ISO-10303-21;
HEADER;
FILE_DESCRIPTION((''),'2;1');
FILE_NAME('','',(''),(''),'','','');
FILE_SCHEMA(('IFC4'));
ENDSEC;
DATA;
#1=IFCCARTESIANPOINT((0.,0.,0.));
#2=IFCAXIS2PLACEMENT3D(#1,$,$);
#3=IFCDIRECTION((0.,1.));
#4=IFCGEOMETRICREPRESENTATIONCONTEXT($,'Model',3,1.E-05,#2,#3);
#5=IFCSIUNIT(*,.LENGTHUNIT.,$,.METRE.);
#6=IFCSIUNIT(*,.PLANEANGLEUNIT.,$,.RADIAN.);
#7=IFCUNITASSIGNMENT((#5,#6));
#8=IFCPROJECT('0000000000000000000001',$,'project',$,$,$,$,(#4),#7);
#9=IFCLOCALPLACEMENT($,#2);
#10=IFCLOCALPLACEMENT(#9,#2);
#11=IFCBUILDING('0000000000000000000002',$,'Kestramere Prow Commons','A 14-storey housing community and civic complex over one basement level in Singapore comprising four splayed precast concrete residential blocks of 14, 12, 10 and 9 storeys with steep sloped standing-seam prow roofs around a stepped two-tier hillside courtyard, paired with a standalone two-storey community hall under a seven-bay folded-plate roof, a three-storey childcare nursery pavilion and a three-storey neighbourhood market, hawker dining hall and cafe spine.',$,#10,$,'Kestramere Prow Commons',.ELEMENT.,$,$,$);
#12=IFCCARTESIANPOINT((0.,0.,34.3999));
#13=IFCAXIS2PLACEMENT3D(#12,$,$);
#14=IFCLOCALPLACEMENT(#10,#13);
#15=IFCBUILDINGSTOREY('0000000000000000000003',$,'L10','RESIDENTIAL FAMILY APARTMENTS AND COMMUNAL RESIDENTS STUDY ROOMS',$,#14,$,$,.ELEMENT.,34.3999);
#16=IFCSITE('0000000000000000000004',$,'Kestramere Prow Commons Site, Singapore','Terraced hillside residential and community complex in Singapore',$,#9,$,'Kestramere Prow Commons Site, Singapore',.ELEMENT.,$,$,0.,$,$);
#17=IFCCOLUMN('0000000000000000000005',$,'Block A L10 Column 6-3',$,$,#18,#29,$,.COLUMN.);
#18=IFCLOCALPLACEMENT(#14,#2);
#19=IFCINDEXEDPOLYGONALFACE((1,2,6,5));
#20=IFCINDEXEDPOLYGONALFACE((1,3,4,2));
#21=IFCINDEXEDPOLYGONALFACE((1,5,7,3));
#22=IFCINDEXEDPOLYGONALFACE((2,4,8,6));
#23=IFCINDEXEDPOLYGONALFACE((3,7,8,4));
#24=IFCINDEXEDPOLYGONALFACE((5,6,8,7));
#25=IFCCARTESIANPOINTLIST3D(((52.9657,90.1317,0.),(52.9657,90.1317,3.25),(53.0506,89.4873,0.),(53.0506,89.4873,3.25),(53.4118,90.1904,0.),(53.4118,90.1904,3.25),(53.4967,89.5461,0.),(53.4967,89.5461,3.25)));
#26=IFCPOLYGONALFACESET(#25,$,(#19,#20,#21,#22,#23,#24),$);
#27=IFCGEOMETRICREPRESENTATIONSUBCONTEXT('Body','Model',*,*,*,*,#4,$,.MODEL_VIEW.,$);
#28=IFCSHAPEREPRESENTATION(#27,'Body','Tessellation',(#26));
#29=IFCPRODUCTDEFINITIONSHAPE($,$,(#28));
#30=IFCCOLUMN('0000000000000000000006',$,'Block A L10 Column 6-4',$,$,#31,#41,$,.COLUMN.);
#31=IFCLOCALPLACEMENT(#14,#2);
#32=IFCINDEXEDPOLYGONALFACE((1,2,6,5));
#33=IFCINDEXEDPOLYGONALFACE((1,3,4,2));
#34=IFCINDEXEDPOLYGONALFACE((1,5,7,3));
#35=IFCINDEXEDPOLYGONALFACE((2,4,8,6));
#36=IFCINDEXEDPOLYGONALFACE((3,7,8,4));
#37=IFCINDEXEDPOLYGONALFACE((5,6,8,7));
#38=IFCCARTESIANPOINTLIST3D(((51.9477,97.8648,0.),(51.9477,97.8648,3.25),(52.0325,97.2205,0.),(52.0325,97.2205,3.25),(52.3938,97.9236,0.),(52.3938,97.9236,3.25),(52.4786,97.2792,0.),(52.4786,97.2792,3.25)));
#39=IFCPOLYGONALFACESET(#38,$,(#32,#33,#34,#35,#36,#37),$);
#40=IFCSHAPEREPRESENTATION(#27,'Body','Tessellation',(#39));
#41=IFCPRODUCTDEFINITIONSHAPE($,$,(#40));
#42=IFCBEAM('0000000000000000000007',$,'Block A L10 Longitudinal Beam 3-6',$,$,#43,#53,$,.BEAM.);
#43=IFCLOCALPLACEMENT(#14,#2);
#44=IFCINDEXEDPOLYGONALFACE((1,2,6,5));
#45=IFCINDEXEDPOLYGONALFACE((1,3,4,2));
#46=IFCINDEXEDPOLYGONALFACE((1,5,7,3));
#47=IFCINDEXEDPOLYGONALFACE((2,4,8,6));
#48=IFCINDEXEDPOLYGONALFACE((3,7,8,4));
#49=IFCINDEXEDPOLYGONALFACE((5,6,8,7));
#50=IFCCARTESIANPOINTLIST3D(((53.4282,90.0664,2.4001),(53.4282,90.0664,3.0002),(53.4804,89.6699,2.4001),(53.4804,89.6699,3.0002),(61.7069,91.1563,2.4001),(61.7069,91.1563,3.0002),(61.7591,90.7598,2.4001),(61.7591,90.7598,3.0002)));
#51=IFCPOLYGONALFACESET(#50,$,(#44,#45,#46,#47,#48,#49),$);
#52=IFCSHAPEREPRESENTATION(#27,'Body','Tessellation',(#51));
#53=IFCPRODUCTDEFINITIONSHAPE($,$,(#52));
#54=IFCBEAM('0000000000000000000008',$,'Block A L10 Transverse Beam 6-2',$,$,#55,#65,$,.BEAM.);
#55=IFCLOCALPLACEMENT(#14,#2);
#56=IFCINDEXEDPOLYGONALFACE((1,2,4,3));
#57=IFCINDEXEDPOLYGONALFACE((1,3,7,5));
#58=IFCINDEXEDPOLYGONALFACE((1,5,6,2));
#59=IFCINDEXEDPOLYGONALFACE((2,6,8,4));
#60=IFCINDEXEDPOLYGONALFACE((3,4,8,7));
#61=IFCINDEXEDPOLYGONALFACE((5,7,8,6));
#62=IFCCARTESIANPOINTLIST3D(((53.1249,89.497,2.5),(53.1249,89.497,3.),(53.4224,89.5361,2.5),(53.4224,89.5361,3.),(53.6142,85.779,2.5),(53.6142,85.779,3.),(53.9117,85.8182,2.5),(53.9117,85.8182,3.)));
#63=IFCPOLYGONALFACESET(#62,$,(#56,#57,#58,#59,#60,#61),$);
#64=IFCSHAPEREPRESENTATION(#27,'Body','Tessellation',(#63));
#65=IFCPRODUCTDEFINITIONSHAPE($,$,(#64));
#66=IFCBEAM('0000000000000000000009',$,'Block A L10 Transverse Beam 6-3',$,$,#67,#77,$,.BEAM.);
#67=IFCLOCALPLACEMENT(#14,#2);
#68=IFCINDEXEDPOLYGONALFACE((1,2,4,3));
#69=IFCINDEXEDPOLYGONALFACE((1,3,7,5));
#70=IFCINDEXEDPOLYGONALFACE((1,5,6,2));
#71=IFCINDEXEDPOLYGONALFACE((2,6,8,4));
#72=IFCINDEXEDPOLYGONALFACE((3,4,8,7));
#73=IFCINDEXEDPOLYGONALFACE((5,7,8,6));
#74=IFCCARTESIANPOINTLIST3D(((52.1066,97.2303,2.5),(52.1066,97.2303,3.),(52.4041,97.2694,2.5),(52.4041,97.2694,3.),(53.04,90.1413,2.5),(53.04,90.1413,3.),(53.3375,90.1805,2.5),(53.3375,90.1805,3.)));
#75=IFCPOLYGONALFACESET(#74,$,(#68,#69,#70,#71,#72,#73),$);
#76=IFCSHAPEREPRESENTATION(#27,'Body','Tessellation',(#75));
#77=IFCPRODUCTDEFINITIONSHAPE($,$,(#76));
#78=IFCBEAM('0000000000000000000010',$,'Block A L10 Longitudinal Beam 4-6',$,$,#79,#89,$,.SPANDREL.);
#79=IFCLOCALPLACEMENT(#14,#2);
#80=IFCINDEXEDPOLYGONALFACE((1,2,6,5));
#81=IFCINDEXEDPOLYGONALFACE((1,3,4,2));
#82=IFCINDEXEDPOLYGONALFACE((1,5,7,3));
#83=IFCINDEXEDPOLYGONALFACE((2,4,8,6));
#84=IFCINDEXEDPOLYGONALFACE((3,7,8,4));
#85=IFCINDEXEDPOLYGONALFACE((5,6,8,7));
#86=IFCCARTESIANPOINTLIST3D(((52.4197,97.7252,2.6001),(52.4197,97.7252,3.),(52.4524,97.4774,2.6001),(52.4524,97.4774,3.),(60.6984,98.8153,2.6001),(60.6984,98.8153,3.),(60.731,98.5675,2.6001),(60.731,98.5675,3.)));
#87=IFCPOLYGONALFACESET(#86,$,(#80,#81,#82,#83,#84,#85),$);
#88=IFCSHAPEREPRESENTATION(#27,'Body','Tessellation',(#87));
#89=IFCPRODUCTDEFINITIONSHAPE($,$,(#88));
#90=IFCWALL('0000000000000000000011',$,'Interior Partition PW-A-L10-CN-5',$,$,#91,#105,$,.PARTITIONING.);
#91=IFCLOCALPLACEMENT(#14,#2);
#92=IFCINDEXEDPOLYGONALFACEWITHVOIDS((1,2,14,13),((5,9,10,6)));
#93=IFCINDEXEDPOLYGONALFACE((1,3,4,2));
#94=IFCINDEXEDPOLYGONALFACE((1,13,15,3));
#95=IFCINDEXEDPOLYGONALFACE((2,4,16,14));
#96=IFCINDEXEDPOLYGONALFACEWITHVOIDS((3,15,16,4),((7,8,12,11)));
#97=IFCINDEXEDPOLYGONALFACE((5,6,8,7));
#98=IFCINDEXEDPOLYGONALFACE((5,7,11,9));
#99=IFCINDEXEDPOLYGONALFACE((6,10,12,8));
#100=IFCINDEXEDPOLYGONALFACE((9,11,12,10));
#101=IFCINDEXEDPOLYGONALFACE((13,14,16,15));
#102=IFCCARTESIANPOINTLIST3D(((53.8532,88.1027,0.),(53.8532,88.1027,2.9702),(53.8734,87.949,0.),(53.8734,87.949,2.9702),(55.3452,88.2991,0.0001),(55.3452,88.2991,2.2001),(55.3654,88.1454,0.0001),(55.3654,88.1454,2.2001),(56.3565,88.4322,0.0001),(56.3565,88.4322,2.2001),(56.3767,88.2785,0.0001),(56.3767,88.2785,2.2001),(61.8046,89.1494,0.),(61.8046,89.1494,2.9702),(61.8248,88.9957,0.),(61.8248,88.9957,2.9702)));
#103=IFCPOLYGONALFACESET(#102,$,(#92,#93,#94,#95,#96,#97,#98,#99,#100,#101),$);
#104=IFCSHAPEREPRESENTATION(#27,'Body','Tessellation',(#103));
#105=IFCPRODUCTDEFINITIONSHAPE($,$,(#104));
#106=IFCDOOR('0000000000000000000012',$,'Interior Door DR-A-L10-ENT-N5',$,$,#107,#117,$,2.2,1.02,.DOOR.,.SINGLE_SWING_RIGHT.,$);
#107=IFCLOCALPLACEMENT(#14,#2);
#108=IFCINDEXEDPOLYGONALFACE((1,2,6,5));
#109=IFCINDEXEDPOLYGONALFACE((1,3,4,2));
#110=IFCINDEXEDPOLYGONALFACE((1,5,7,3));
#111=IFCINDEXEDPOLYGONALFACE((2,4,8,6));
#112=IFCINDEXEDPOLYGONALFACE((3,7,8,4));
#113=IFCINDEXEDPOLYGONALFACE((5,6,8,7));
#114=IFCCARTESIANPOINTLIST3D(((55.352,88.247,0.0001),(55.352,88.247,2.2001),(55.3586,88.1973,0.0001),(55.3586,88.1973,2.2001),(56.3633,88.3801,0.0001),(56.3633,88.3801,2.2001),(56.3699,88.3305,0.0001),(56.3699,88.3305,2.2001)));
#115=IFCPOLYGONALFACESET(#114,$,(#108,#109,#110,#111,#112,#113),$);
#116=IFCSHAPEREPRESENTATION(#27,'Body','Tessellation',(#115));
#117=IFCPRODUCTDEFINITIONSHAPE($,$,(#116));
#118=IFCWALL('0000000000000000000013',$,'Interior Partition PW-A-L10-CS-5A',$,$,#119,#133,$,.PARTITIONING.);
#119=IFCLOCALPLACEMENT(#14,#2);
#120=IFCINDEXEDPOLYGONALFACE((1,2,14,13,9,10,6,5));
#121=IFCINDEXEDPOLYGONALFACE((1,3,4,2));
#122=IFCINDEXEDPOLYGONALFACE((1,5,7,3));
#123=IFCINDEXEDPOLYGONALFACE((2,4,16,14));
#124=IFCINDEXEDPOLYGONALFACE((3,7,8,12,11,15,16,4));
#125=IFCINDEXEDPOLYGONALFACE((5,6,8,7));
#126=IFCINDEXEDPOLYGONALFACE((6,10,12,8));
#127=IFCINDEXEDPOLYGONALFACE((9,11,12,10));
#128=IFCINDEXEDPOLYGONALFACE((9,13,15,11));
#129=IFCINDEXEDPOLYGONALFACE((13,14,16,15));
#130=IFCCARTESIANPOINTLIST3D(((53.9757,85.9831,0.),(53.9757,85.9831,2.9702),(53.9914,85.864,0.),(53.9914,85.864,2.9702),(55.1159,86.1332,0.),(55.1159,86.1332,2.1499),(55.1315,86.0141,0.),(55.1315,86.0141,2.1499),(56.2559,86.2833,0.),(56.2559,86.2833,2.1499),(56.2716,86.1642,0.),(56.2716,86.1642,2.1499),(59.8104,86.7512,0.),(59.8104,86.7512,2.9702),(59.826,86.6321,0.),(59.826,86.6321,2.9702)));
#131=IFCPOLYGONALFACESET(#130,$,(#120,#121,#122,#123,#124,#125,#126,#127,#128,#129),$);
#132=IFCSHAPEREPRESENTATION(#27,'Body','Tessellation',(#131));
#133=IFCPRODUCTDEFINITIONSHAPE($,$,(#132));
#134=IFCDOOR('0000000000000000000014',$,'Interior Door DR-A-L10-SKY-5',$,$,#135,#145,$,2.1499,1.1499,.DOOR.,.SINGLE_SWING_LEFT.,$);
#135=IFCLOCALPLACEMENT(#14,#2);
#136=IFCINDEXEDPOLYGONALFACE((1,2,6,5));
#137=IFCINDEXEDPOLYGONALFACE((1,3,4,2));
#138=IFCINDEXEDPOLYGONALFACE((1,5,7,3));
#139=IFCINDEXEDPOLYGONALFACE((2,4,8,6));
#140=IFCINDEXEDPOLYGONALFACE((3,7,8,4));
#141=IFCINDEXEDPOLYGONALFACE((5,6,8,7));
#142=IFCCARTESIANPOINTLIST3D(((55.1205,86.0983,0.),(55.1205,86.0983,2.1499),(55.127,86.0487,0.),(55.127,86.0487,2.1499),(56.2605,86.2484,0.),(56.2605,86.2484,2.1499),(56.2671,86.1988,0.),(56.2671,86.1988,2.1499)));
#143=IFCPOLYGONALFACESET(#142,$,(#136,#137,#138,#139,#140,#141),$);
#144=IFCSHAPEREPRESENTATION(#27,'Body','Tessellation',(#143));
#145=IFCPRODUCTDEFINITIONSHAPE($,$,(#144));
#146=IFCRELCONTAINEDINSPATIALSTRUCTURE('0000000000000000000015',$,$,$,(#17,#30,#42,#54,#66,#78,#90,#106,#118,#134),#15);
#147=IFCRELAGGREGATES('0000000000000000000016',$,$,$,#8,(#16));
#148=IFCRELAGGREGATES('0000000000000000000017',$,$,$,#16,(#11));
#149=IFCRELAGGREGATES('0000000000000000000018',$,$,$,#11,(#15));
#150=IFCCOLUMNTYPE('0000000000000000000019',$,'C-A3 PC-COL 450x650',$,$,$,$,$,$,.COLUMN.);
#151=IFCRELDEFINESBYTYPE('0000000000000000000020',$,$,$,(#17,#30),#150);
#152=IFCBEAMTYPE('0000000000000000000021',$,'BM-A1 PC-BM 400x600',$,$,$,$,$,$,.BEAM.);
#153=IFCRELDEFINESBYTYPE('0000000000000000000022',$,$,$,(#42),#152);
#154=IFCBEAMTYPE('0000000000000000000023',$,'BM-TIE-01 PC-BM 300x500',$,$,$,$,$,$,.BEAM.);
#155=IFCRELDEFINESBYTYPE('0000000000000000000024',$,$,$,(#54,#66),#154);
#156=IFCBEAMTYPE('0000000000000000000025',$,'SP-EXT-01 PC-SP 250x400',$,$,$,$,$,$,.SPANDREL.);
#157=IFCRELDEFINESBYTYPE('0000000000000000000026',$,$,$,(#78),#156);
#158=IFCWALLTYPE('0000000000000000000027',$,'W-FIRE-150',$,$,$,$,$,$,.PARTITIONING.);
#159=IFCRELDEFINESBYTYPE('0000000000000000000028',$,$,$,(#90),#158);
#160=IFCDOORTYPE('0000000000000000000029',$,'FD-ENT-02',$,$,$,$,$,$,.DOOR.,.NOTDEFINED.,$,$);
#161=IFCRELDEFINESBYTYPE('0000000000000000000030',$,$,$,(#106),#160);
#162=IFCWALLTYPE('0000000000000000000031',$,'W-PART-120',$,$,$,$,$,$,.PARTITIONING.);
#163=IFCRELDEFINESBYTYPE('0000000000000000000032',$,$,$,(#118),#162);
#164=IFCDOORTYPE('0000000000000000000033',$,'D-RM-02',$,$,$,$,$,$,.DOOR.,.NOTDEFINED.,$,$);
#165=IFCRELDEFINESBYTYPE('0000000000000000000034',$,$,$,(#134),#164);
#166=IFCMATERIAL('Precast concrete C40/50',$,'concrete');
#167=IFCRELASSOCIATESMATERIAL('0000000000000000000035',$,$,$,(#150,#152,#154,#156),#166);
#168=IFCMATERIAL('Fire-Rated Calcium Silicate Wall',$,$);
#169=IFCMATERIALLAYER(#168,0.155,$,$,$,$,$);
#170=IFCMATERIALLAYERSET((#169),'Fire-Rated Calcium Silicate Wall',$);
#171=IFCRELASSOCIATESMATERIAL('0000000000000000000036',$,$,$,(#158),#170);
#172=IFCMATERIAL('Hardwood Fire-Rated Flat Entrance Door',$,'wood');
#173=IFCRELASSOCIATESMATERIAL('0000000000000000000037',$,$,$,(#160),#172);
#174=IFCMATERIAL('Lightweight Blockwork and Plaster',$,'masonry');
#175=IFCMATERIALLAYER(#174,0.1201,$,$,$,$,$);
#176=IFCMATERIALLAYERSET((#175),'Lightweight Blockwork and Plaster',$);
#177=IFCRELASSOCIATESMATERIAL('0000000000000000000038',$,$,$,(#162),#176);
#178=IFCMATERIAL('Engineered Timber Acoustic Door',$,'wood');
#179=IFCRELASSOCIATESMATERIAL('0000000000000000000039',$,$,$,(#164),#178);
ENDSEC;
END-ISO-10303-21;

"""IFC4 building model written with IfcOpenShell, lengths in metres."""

from ifc_helpers import new_model, si_unit, direction, frame, frame_2d, origin, origin_2d, place, context, subcontext, project, spatial, rectangle, extrude, material, layer, layer_set, material_profile, profile_set, type_object, element, fill, save


model = new_model("IFC4")

# Units and contexts
model_context = context("Model", 3, precision=1e-05, world=origin(), true_north=direction((0.0, 1.0)))
body_context = subcontext(model_context, "Body", "Model", "MODEL_VIEW")
ifc_project = project(units=[si_unit("LENGTHUNIT", "METRE"), si_unit("PLANEANGLEUNIT", "RADIAN")], contexts=[model_context])

# Site, building, storey
site_placement = place(None, origin())
site = spatial("IfcSite", under=ifc_project, at=site_placement, Name="Kestramere Prow Commons Site, Singapore", Description="Terraced hillside residential and community complex in Singapore", LongName="Kestramere Prow Commons Site, Singapore", CompositionType="ELEMENT", RefElevation=0.0)
building_placement = place(site_placement, origin())
building = spatial("IfcBuilding", under=site, at=building_placement, Name="Kestramere Prow Commons", Description="A 14-storey housing community and civic complex over one basement level in Singapore comprising four splayed precast concrete residential blocks of 14, 12, 10 and 9 storeys with steep sloped standing-seam prow roofs around a stepped two-tier hillside courtyard, paired with a standalone two-storey community hall under a seven-bay folded-plate roof, a three-storey childcare nursery pavilion and a three-storey neighbourhood market, hawker dining hall and cafe spine.", LongName="Kestramere Prow Commons", CompositionType="ELEMENT")
storey_placement = place(building_placement, frame((0.0, 0.0, 34.3999)))
storey = spatial("IfcBuildingStorey", under=building, at=storey_placement, Name="L10", Description="RESIDENTIAL FAMILY APARTMENTS AND COMMUNAL RESIDENTS STUDY ROOMS", CompositionType="ELEMENT", Elevation=34.3999)

# Columns
ifc_material_1 = material(Name="Precast concrete C40/50", Category="concrete")
ifc_material_profile_1 = material_profile(ifc_material_1, rectangle(XDim=0.45, YDim=0.6499, at=origin_2d()), Name="PC-COL 450x650")
ifc_profile_set_1 = profile_set([ifc_material_profile_1], Name="Precast concrete C40/50")
column_type = type_object("IfcColumnType", Name="C-A3 PC-COL 450x650", PredefinedType="COLUMN", material=ifc_profile_set_1)
for number, where, z_axis, x_axis, name in (
    (1, (53.2312, 89.8389, 0.0), (0.0, 0.0, 1.0), (0.991445, 0.130526, 0.0), "Block A L10 Column 6-3"),
    (2, (52.2131, 97.572, 0.0), (0.0, 0.0, 1.0), (0.991445, 0.130526, 0.0), "Block A L10 Column 6-4"),
):
    element("IfcColumn", number, at=place(storey_placement, frame(where, z_axis=z_axis, x_axis=x_axis)), inside=storey, type_object=column_type, Name=name, PredefinedType="COLUMN", context=body_context, shape_type="SweptSolid", body=[
        extrude(rectangle(XDim=0.45, YDim=0.6499, at=origin_2d()), origin(), (0.0, 0.0, 1.0), 3.25),
    ])

# Beams
ifc_material_profile_2 = material_profile(ifc_material_1, rectangle(XDim=0.3999, YDim=0.6001, at=origin_2d()), Name="PC-BM 400x600")
ifc_profile_set_2 = profile_set([ifc_material_profile_2], Name="Precast concrete C40/50")
beam_type_1 = type_object("IfcBeamType", Name="BM-A1 PC-BM 400x600", PredefinedType="BEAM", material=ifc_profile_set_2)
beam_1_placement = place(storey_placement, frame((53.4543, 89.8682, 2.7002), z_axis=(0.991446, 0.13052, 0.0), x_axis=(-0.13052, 0.991446, 0.0)))
element("IfcBeam", 3, at=beam_1_placement, inside=storey, type_object=beam_type_1, Name="Block A L10 Longitudinal Beam 3-6", PredefinedType="BEAM", context=body_context, shape_type="SweptSolid", body=[
    extrude(rectangle(XDim=0.3999, YDim=0.6001, at=origin_2d()), origin(), (0.0, 0.0, 1.0), 8.3501),
])
ifc_material_profile_3 = material_profile(ifc_material_1, rectangle(XDim=0.3, YDim=0.5, at=origin_2d()), Name="PC-BM 300x500")
ifc_profile_set_3 = profile_set([ifc_material_profile_3], Name="Precast concrete C40/50")
beam_type_2 = type_object("IfcBeamType", Name="BM-TIE-01 PC-BM 300x500", PredefinedType="BEAM", material=ifc_profile_set_3)
beam_2_placement = place(storey_placement, frame((53.7629, 85.7986, 2.75), z_axis=(-0.130466, 0.991453, 0.0), x_axis=(-0.991453, -0.130466, 0.0)))
element("IfcBeam", 4, at=beam_2_placement, inside=storey, type_object=beam_type_2, Name="Block A L10 Transverse Beam 6-2", PredefinedType="BEAM", context=body_context, shape_type="SweptSolid", body=[
    extrude(rectangle(XDim=0.3, YDim=0.5, at=origin_2d()), origin(), (0.0, 0.0, 1.0), 3.75),
])
beam_3_placement = place(storey_placement, frame((53.1887, 90.1609, 2.75), z_axis=(-0.130538, 0.991443, 0.0), x_axis=(-0.991443, -0.130538, 0.0)))
element("IfcBeam", 5, at=beam_3_placement, inside=storey, type_object=beam_type_2, Name="Block A L10 Transverse Beam 6-3", PredefinedType="BEAM", context=body_context, shape_type="SweptSolid", body=[
    extrude(rectangle(XDim=0.3, YDim=0.5, at=origin_2d()), origin(), (0.0, 0.0, 1.0), 7.1501),
])
ifc_material_profile_4 = material_profile(ifc_material_1, rectangle(XDim=0.25, YDim=0.3999, at=origin_2d()), Name="PC-SP 250x400")
ifc_profile_set_4 = profile_set([ifc_material_profile_4], Name="Precast concrete C40/50")
beam_type_3 = type_object("IfcBeamType", Name="SP-EXT-01 PC-SP 250x400", PredefinedType="SPANDREL", material=ifc_profile_set_4)
beam_4_placement = place(storey_placement, frame((52.436, 97.6013, 2.8), z_axis=(0.991442, 0.130549, 0.0), x_axis=(-0.130549, 0.991442, 0.0)))
element("IfcBeam", 6, at=beam_4_placement, inside=storey, type_object=beam_type_3, Name="Block A L10 Longitudinal Beam 4-6", PredefinedType="SPANDREL", context=body_context, shape_type="SweptSolid", body=[
    extrude(rectangle(XDim=0.25, YDim=0.3999, at=origin_2d()), origin(), (0.0, 0.0, 1.0), 8.3501),
])

# Walls, openings, doors
ifc_material_2 = material(Name="Fire-Rated Calcium Silicate Wall")
ifc_layer_1 = layer(ifc_material_2, 0.155)
ifc_layer_set_1 = layer_set([ifc_layer_1], Name="Fire-Rated Calcium Silicate Wall")
wall_type_1 = type_object("IfcWallType", Name="W-FIRE-150", PredefinedType="PARTITIONING", material=ifc_layer_set_1)
wall_1_placement = place(storey_placement, frame((53.8633, 88.0259, 0.0), z_axis=(0.0, 0.0, 1.0), x_axis=(0.991448, 0.130503, 0.0)))
wall_1 = element("IfcWall", 7, at=wall_1_placement, inside=storey, type_object=wall_type_1, Name="Interior Partition PW-A-L10-CN-5", PredefinedType="PARTITIONING", context=body_context, shape_type="SweptSolid", body=[
    extrude(rectangle(XDim=8.02, YDim=0.155, at=frame_2d((4.01, 0.0))), origin(), (0.0, 0.0, 1.0), 2.9702),
])
opening_1_placement = place(wall_1_placement, frame((1.5049, 0.0, 0.0)))
opening_1 = element("IfcOpeningElement", 8, at=opening_1_placement, cuts=wall_1, PredefinedType="OPENING", context=body_context, shape_type="SweptSolid", body=[
    extrude(rectangle(XDim=1.02, YDim=2.2, at=frame_2d((0.51, 1.1001))), frame((0.0, 0.0925, 0.0), z_axis=(0.0, -1.0, 0.0), x_axis=(1.0, 0.0, 0.0)), (0.0, 0.0, 1.0), 0.1851),
])
ifc_material_3 = material(Name="Hardwood Fire-Rated Flat Entrance Door", Category="wood")
door_type_1 = type_object("IfcDoorType", Name="FD-ENT-02", OperationType="NOTDEFINED", PredefinedType="DOOR", material=ifc_material_3)
door_1_placement = place(opening_1_placement, origin())
door_1 = element("IfcDoor", 9, at=door_1_placement, inside=storey, type_object=door_type_1, Name="Interior Door DR-A-L10-ENT-N5", OperationType="SINGLE_SWING_RIGHT", OverallHeight=2.2, OverallWidth=1.02, PredefinedType="DOOR", context=body_context, shape_type="SweptSolid", body=[
    extrude(rectangle(XDim=1.02, YDim=2.2, at=frame_2d((0.51, 1.1001))), frame((0.0, 0.0249, 0.0), z_axis=(0.0, -1.0, 0.0), x_axis=(1.0, 0.0, 0.0)), (0.0, 0.0, 1.0), 0.05),
])
fill(opening_1, door_1)
ifc_material_4 = material(Name="Lightweight Blockwork and Plaster", Category="masonry")
ifc_layer_2 = layer(ifc_material_4, 0.1201)
ifc_layer_set_2 = layer_set([ifc_layer_2], Name="Lightweight Blockwork and Plaster")
wall_type_2 = type_object("IfcWallType", Name="W-PART-120", PredefinedType="PARTITIONING", material=ifc_layer_set_2)
wall_2_placement = place(storey_placement, frame((53.9836, 85.9236, 0.0), z_axis=(0.0, 0.0, 1.0), x_axis=(0.991447, 0.130511, 0.0)))
wall_2 = element("IfcWall", 10, at=wall_2_placement, inside=storey, type_object=wall_type_2, Name="Interior Partition PW-A-L10-CS-5A", PredefinedType="PARTITIONING", context=body_context, shape_type="SweptSolid", body=[
    extrude(rectangle(XDim=5.885, YDim=0.1201, at=frame_2d((2.9424, 0.0))), origin(), (0.0, 0.0, 1.0), 2.9702),
])
opening_2_placement = place(wall_2_placement, frame((1.1499, 0.0, 0.0)))
opening_2 = element("IfcOpeningElement", 11, at=opening_2_placement, cuts=wall_2, PredefinedType="OPENING", context=body_context, shape_type="SweptSolid", body=[
    extrude(rectangle(XDim=1.1499, YDim=2.1499, at=frame_2d((0.575, 1.075))), frame((0.0, 0.075, 0.0), z_axis=(0.0, -1.0, 0.0), x_axis=(1.0, 0.0, 0.0)), (0.0, 0.0, 1.0), 0.1501),
])
ifc_material_5 = material(Name="Engineered Timber Acoustic Door", Category="wood")
door_type_2 = type_object("IfcDoorType", Name="D-RM-02", OperationType="NOTDEFINED", PredefinedType="DOOR", material=ifc_material_5)
door_2_placement = place(opening_2_placement, origin())
door_2 = element("IfcDoor", 12, at=door_2_placement, inside=storey, type_object=door_type_2, Name="Interior Door DR-A-L10-SKY-5", OperationType="SINGLE_SWING_LEFT", OverallHeight=2.1499, OverallWidth=1.1499, PredefinedType="DOOR", context=body_context, shape_type="SweptSolid", body=[
    extrude(rectangle(XDim=1.1499, YDim=2.1499, at=frame_2d((0.575, 1.075))), frame((0.0, 0.0249, 0.0), z_axis=(0.0, -1.0, 0.0), x_axis=(1.0, 0.0, 0.0)), (0.0, 0.0, 1.0), 0.05),
])
fill(opening_2, door_2)

save(model, "model.ifc")
